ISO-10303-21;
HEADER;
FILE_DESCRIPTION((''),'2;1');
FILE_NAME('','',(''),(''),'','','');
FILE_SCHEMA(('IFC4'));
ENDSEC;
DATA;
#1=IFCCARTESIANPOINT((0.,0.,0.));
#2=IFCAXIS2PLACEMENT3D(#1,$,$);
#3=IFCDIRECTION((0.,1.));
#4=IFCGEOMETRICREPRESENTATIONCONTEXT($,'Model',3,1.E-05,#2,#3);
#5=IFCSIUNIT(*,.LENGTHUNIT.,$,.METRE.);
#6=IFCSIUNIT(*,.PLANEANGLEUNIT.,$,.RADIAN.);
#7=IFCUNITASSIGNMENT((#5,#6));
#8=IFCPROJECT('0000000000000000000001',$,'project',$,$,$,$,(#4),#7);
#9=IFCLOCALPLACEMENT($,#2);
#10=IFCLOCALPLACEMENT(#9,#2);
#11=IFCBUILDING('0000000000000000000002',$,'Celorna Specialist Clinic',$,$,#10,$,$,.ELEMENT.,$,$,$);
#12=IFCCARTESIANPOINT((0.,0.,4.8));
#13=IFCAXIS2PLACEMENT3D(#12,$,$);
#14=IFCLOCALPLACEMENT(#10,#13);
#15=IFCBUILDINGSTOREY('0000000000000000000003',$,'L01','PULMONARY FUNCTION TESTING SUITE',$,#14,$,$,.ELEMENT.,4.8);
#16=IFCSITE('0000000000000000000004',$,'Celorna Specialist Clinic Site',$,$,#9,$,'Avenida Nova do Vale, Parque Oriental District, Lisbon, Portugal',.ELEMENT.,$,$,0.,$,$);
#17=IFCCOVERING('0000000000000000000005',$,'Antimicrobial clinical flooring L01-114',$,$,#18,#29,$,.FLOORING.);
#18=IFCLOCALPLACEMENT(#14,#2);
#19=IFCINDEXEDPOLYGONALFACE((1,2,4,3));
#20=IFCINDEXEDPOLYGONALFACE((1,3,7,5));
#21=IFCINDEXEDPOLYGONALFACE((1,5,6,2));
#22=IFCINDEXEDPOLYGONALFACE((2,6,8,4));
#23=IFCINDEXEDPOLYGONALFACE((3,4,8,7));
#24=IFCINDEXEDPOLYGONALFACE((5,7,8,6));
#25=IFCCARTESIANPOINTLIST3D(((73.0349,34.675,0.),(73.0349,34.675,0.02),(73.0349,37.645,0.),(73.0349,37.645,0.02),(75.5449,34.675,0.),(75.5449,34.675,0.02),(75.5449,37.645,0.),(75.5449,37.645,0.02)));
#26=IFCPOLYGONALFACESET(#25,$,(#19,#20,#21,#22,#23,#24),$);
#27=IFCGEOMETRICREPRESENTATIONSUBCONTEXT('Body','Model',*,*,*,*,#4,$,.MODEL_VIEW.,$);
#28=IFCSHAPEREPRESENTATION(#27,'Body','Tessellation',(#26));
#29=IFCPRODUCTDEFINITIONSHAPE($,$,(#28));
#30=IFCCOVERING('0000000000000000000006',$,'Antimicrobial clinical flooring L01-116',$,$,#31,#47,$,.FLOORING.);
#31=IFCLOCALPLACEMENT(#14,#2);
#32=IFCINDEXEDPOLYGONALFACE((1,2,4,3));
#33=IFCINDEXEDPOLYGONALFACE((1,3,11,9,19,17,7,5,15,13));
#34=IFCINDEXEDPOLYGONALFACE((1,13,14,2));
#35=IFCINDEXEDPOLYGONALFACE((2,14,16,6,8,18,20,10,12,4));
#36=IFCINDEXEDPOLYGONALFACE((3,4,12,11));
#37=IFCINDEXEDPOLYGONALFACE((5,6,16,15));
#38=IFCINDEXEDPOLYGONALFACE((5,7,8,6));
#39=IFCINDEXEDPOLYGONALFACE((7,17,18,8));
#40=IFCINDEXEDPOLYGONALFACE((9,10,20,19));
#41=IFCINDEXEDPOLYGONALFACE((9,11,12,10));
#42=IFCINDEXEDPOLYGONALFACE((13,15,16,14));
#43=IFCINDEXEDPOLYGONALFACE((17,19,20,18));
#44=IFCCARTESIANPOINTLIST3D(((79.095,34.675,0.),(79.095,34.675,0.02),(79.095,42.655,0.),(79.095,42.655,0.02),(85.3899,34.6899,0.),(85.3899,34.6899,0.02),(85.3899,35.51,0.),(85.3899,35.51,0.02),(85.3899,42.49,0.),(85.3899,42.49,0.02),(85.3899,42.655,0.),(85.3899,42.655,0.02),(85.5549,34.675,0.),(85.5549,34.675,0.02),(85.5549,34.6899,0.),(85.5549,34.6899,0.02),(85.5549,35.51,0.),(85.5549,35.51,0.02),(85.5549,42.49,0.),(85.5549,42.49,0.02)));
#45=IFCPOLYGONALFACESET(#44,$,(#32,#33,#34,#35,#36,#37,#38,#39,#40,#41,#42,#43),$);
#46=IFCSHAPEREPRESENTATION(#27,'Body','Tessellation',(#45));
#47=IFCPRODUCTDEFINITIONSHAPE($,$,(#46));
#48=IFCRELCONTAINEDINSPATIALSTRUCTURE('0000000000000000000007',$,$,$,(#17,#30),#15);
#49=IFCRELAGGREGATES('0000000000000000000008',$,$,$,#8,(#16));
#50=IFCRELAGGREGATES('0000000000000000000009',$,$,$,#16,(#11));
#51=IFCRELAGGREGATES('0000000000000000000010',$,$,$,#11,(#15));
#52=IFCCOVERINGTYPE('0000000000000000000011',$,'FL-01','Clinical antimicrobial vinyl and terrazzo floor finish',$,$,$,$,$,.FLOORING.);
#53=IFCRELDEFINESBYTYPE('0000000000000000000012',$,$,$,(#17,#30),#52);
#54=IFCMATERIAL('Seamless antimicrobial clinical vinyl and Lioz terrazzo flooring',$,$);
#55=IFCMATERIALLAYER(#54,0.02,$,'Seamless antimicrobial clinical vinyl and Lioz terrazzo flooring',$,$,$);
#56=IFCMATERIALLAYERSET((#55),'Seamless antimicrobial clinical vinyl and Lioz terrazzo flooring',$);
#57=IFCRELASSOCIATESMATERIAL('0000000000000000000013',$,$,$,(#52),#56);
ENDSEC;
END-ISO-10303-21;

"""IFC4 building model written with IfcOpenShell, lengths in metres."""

from ifc_helpers import new_model, si_unit, direction, frame, origin, place, context, subcontext, project, spatial, polyline, outline, extrude, material, layer, layer_set, type_object, element, save


model = new_model("IFC4")

# Units and contexts
model_context = context("Model", 3, precision=1e-05, world=origin(), true_north=direction((0.0, 1.0)))
body_context = subcontext(model_context, "Body", "Model", "MODEL_VIEW")
ifc_project = project(units=[si_unit("LENGTHUNIT", "METRE"), si_unit("PLANEANGLEUNIT", "RADIAN")], contexts=[model_context])

# Site, building, storey
site_placement = place(None, origin())
site = spatial("IfcSite", under=ifc_project, at=site_placement, Name="Celorna Specialist Clinic Site", LongName="Avenida Nova do Vale, Parque Oriental District, Lisbon, Portugal", CompositionType="ELEMENT", RefElevation=0.0)
building_placement = place(site_placement, origin())
building = spatial("IfcBuilding", under=site, at=building_placement, Name="Celorna Specialist Clinic", CompositionType="ELEMENT")
storey_placement = place(building_placement, frame((0.0, 0.0, 4.8)))
storey = spatial("IfcBuildingStorey", under=building, at=storey_placement, Name="L01", Description="PULMONARY FUNCTION TESTING SUITE", CompositionType="ELEMENT", Elevation=4.8)

# Coverings
ifc_material_1 = material(Name="Seamless antimicrobial clinical vinyl and Lioz terrazzo flooring")
ifc_layer_1 = layer(ifc_material_1, 0.02, Name="Seamless antimicrobial clinical vinyl and Lioz terrazzo flooring")
ifc_layer_set_1 = layer_set([ifc_layer_1], Name="Seamless antimicrobial clinical vinyl and Lioz terrazzo flooring")
covering_type_1 = type_object("IfcCoveringType", Name="FL-01", Description="Clinical antimicrobial vinyl and terrazzo floor finish", PredefinedType="FLOORING", material=ifc_layer_set_1)
covering_1_placement = place(storey_placement, origin())
element("IfcCovering", 1, at=covering_1_placement, inside=storey, type_object=covering_type_1, Name="Antimicrobial clinical flooring L01-114", PredefinedType="FLOORING", context=body_context, shape_type="SweptSolid", body=[
    extrude(outline(polyline([(73.0349, 34.675), (73.0349, 37.645), (75.5449, 37.645), (75.5449, 34.675), (73.0349, 34.675)])), origin(), (0.0, 0.0, 1.0), 0.02),
])
covering_2_placement = place(storey_placement, origin())
element("IfcCovering", 2, at=covering_2_placement, inside=storey, type_object=covering_type_1, Name="Antimicrobial clinical flooring L01-116", PredefinedType="FLOORING", context=body_context, shape_type="SweptSolid", body=[
    extrude(outline(polyline([(79.095, 42.655), (85.3899, 42.655), (85.3899, 42.49), (85.5549, 42.49), (85.5549, 35.51), (85.3899, 35.51), (85.3899, 34.6899), (85.5549, 34.6899), (85.5549, 34.675), (79.095, 34.675), (79.095, 42.655)])), origin(), (0.0, 0.0, 1.0), 0.02),
])

save(model, "model.ifc")
